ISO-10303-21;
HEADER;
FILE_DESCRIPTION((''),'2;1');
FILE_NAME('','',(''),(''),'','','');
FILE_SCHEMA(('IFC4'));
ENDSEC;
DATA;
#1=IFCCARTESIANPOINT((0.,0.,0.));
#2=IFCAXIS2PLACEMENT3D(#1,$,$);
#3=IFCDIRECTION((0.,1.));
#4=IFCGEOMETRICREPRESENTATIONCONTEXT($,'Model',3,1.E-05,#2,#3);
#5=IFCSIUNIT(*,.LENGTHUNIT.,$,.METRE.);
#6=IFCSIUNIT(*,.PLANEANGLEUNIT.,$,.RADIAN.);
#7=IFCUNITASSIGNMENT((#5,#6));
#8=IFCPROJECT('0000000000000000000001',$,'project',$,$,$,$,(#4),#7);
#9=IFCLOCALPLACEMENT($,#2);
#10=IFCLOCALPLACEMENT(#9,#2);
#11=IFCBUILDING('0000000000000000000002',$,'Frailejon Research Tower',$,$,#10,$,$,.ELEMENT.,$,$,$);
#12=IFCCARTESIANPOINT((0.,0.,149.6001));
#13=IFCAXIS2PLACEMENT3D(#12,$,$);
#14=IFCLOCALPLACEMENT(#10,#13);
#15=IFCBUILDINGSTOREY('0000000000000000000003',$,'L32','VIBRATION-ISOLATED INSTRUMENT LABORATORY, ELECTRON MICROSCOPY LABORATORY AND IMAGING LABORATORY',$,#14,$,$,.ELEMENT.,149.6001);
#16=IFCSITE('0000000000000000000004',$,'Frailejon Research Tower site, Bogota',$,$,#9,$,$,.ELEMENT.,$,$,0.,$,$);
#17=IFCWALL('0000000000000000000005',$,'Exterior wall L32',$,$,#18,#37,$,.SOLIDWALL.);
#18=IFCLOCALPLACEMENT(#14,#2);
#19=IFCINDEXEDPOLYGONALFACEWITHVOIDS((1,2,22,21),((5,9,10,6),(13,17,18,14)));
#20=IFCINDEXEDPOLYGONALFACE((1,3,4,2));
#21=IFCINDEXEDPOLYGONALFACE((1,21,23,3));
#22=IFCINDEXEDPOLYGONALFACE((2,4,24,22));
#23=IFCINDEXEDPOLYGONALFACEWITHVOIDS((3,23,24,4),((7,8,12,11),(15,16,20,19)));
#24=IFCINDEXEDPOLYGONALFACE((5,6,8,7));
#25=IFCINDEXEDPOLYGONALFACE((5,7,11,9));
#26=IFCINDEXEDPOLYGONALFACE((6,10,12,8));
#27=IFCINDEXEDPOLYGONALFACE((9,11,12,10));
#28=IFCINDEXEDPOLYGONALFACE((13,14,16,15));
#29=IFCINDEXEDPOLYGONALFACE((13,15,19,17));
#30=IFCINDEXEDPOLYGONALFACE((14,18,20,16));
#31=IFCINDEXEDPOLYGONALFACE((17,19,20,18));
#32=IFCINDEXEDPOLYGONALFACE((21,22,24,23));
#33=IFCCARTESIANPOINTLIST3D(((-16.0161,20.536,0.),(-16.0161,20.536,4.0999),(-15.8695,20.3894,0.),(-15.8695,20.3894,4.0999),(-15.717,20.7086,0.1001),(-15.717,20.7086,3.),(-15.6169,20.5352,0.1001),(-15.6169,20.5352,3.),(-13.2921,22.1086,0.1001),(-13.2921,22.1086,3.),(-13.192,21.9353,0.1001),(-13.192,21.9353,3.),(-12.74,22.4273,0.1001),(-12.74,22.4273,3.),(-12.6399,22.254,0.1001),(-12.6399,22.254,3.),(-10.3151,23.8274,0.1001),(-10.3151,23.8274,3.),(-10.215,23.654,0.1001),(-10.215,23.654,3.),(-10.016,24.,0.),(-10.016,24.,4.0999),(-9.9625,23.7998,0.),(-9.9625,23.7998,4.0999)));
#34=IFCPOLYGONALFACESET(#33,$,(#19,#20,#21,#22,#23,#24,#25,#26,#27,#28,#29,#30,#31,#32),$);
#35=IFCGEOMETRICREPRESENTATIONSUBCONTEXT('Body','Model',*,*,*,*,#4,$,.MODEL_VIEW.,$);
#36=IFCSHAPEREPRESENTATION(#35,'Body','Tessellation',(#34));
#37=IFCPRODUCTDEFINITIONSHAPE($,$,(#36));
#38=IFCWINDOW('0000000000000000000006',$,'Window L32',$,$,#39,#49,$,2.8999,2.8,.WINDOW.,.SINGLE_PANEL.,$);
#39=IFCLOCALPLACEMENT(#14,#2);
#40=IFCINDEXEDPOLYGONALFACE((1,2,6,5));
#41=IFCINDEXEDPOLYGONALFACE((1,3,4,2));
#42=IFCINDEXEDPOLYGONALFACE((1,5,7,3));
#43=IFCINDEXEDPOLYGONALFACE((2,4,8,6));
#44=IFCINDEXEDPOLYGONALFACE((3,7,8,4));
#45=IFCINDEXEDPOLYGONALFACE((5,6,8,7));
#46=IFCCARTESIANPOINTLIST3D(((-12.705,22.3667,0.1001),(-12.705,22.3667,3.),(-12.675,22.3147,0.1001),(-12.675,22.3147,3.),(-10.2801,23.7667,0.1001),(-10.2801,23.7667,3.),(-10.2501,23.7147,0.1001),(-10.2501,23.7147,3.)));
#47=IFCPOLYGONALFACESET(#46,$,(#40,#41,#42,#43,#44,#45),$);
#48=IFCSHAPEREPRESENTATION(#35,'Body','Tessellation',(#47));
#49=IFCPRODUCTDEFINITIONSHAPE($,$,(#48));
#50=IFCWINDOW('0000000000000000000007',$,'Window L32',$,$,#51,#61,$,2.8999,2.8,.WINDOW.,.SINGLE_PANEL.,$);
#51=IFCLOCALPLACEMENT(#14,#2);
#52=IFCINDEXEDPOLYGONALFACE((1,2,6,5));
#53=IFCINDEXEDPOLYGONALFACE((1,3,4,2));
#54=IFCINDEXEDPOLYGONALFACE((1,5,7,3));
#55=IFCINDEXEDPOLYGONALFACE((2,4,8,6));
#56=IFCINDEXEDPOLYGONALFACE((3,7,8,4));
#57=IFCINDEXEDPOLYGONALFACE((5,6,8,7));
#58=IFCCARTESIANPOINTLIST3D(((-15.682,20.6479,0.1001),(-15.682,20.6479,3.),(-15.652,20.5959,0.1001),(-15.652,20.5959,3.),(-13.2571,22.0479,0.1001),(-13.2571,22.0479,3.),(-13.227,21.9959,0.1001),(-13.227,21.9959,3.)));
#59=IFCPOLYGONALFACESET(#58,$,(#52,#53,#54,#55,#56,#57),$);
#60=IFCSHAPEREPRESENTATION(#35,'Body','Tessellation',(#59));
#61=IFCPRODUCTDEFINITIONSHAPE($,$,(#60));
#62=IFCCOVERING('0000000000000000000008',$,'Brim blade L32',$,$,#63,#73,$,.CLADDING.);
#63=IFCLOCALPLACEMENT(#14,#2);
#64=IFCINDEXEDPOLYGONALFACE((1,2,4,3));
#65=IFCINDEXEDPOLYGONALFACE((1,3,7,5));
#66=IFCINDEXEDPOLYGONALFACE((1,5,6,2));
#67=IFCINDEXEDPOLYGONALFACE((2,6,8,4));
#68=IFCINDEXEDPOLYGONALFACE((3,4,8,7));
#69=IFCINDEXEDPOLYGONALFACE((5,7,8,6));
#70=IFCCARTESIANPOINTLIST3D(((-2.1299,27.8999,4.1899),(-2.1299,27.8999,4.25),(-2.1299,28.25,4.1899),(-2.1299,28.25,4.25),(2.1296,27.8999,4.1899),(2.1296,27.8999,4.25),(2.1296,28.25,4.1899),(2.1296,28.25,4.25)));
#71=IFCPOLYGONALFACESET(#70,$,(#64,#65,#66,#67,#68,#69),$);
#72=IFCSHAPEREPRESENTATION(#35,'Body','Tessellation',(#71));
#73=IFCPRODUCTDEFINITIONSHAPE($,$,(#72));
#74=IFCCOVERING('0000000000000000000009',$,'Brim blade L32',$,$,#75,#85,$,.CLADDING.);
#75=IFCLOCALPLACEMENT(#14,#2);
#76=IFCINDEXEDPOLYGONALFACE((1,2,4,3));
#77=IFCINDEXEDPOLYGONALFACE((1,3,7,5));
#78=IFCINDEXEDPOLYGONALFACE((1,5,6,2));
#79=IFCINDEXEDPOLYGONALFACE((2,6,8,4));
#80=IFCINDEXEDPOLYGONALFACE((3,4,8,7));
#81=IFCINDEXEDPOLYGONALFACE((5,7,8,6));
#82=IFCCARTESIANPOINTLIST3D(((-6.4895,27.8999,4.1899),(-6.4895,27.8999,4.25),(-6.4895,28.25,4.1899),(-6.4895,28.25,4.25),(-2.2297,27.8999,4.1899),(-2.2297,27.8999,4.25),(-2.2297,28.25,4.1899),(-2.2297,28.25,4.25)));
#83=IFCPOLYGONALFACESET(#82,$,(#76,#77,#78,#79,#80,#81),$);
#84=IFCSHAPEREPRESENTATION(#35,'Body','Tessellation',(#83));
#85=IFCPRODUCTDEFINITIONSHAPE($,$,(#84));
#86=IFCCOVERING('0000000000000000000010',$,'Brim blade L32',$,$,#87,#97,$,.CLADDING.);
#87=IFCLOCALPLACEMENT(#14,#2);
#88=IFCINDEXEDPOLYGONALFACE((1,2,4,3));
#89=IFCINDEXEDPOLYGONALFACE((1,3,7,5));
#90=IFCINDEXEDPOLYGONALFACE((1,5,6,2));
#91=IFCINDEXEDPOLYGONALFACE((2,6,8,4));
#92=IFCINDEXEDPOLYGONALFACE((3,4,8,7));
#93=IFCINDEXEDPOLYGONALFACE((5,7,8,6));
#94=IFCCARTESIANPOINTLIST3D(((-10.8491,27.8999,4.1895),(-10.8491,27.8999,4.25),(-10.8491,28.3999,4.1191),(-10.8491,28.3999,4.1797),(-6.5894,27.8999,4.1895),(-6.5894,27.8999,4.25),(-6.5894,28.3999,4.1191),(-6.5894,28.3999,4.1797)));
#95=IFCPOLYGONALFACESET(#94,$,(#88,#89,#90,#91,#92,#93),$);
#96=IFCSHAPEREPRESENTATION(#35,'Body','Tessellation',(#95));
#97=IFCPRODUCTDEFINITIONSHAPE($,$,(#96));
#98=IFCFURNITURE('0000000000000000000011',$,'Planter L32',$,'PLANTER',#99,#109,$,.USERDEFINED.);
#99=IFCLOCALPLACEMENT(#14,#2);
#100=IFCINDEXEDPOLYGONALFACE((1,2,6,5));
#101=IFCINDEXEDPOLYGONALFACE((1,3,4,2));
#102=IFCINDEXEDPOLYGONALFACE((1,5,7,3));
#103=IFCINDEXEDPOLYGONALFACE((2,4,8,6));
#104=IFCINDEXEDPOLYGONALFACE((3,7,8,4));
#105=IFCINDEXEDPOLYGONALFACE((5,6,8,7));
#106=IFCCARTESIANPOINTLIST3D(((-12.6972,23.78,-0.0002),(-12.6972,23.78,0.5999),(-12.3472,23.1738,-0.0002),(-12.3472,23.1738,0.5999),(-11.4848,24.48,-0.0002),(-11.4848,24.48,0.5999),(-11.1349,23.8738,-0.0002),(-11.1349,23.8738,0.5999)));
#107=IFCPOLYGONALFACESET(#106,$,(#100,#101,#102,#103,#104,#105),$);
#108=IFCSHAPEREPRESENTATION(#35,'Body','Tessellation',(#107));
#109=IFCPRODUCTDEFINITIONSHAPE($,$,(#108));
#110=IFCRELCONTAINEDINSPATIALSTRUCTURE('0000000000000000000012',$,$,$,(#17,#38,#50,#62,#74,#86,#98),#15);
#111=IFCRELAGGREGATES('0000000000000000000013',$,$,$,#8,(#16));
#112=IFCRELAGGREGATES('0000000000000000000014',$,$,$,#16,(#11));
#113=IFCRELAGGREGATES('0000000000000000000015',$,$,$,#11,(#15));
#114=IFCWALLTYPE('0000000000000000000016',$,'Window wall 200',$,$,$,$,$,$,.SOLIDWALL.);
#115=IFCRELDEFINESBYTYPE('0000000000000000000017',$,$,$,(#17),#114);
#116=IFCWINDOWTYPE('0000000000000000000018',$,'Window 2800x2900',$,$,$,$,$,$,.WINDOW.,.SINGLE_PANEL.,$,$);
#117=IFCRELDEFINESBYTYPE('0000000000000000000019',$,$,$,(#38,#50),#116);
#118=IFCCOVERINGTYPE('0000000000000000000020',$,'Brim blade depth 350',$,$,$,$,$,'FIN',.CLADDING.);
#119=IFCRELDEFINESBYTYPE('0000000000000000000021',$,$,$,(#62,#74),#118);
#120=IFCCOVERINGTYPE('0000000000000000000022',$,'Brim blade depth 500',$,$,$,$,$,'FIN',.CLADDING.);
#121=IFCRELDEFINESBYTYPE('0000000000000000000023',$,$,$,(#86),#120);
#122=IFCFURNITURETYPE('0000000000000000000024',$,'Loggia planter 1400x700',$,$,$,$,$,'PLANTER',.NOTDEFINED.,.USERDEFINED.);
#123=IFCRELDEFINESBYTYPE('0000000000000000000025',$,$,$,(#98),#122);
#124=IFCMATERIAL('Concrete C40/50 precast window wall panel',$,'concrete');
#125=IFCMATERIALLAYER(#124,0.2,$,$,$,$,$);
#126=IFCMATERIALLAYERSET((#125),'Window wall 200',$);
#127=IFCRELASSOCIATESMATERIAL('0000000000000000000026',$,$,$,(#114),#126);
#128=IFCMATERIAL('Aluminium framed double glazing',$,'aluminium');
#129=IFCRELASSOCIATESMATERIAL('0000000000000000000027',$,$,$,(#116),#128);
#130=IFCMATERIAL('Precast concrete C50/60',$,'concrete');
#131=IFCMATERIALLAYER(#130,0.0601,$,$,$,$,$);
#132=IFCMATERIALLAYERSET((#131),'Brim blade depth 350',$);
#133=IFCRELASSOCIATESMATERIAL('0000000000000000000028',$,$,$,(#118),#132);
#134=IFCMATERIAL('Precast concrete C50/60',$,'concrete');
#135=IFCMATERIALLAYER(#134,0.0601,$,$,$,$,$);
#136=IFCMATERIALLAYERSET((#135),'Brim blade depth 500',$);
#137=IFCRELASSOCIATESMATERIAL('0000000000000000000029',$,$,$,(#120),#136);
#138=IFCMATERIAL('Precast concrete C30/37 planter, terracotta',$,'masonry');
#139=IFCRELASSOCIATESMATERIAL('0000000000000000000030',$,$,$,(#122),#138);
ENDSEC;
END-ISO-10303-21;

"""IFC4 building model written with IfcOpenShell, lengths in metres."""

from ifc_helpers import new_model, si_unit, direction, frame, frame_2d, origin, origin_2d, place, context, subcontext, project, spatial, polyline, rectangle, outline, extrude, material, layer, layer_set, type_object, element, fill, save


model = new_model("IFC4")

# Units and contexts
model_context = context("Model", 3, precision=1e-05, world=origin(), true_north=direction((0.0, 1.0)))
body_context = subcontext(model_context, "Body", "Model", "MODEL_VIEW")
ifc_project = project(units=[si_unit("LENGTHUNIT", "METRE"), si_unit("PLANEANGLEUNIT", "RADIAN")], contexts=[model_context])

# Site, building, storey
site_placement = place(None, origin())
site = spatial("IfcSite", under=ifc_project, at=site_placement, Name="Frailejon Research Tower site, Bogota", CompositionType="ELEMENT", RefElevation=0.0)
building_placement = place(site_placement, origin())
building = spatial("IfcBuilding", under=site, at=building_placement, Name="Frailejon Research Tower", CompositionType="ELEMENT")
storey_placement = place(building_placement, frame((0.0, 0.0, 149.6001)))
storey = spatial("IfcBuildingStorey", under=building, at=storey_placement, Name="L32", Description="VIBRATION-ISOLATED INSTRUMENT LABORATORY, ELECTRON MICROSCOPY LABORATORY AND IMAGING LABORATORY", CompositionType="ELEMENT", Elevation=149.6001)

# Wall, openings, windows
ifc_material_1 = material(Name="Concrete C40/50 precast window wall panel", Category="concrete")
ifc_layer_1 = layer(ifc_material_1, 0.2)
ifc_layer_set_1 = layer_set([ifc_layer_1], Name="Window wall 200")
wall_type = type_object("IfcWallType", Name="Window wall 200", PredefinedType="SOLIDWALL", material=ifc_layer_set_1)
wall_placement = place(storey_placement, frame((-9.9893, 23.8999, 0.0), z_axis=(0.0, 0.0, 1.0), x_axis=(-0.866029, -0.499993, 0.0)))
wall = element("IfcWall", 1, at=wall_placement, inside=storey, type_object=wall_type, Name="Exterior wall L32", PredefinedType="SOLIDWALL", context=body_context, shape_type="SweptSolid", body=[
    extrude(outline(polyline([(-0.0269, -0.1001), (1.1279, -0.1001), (2.2825, -0.1001), (3.4373, -0.1001), (4.592, -0.1001), (5.7466, -0.1001), (6.9014, -0.1001), (6.8477, 0.1001), (5.7109, 0.1001), (4.574, 0.1001), (3.4373, 0.1001), (2.3005, 0.1001), (1.1636, 0.1001), (0.0269, 0.1001), (-0.0269, -0.1001)])), origin(), (0.0, 0.0, 1.0), 4.0999),
])
opening_1_placement = place(wall_placement, frame((0.3186, 0.0, 0.1001)))
opening_1 = element("IfcOpeningElement", 2, at=opening_1_placement, cuts=wall, PredefinedType="OPENING", context=body_context, shape_type="SweptSolid", body=[
    extrude(rectangle(XDim=2.8, YDim=2.8999, at=frame_2d((1.3999, 1.45))), frame((0.0, 0.1099, 0.0), z_axis=(0.0, -1.0, 0.0), x_axis=(1.0, 0.0, 0.0)), (0.0, 0.0, 1.0), 0.22),
])
opening_2_placement = place(wall_placement, frame((3.7561, 0.0, 0.1001)))
opening_2 = element("IfcOpeningElement", 3, at=opening_2_placement, cuts=wall, PredefinedType="OPENING", context=body_context, shape_type="SweptSolid", body=[
    extrude(rectangle(XDim=2.8, YDim=2.8999, at=frame_2d((1.3999, 1.45))), frame((0.0, 0.1099, 0.0), z_axis=(0.0, -1.0, 0.0), x_axis=(1.0, 0.0, 0.0)), (0.0, 0.0, 1.0), 0.22),
])
ifc_material_2 = material(Name="Aluminium framed double glazing", Category="aluminium")
window_type = type_object("IfcWindowType", Name="Window 2800x2900", PartitioningType="SINGLE_PANEL", PredefinedType="WINDOW", material=ifc_material_2)
window_1_placement = place(opening_1_placement, origin())
window_1 = element("IfcWindow", 4, at=window_1_placement, inside=storey, type_object=window_type, Name="Window L32", OverallHeight=2.8999, OverallWidth=2.8, PartitioningType="SINGLE_PANEL", PredefinedType="WINDOW", context=body_context, shape_type="SweptSolid", body=[
    extrude(rectangle(XDim=2.8, YDim=2.8999, at=frame_2d((1.3999, 1.45))), frame((0.0, 0.03, 0.0), z_axis=(0.0, -1.0, 0.0), x_axis=(1.0, 0.0, 0.0)), (0.0, 0.0, 1.0), 0.0601),
])
fill(opening_1, window_1)
window_2_placement = place(opening_2_placement, origin())
window_2 = element("IfcWindow", 5, at=window_2_placement, inside=storey, type_object=window_type, Name="Window L32", OverallHeight=2.8999, OverallWidth=2.8, PartitioningType="SINGLE_PANEL", PredefinedType="WINDOW", context=body_context, shape_type="SweptSolid", body=[
    extrude(rectangle(XDim=2.8, YDim=2.8999, at=frame_2d((1.3999, 1.45))), frame((0.0, 0.03, 0.0), z_axis=(0.0, -1.0, 0.0), x_axis=(1.0, 0.0, 0.0)), (0.0, 0.0, 1.0), 0.0601),
])
fill(opening_2, window_2)

# Coverings
ifc_material_3 = material(Name="Precast concrete C50/60", Category="concrete")
ifc_layer_2 = layer(ifc_material_3, 0.0601)
ifc_layer_set_2 = layer_set([ifc_layer_2], Name="Brim blade depth 350")
covering_type_1 = type_object("IfcCoveringType", Name="Brim blade depth 350", ElementType="FIN", PredefinedType="CLADDING", material=ifc_layer_set_2)
covering_1_placement = place(storey_placement, frame((-2.1299, 27.8999, 4.25), z_axis=(1.0, 0.0, 0.0), x_axis=(0.0, 1.0, 0.0)))
element("IfcCovering", 6, at=covering_1_placement, inside=storey, type_object=covering_type_1, Name="Brim blade L32", PredefinedType="CLADDING", context=body_context, shape_type="SweptSolid", body=[
    extrude(outline(polyline([(0.0, -0.0601), (0.3501, -0.0601), (0.3501, 0.0), (0.0, 0.0), (0.0, -0.0601)])), origin(), (0.0, 0.0, 1.0), 4.2595),
])
covering_2_placement = place(storey_placement, frame((-6.4895, 27.8999, 4.25), z_axis=(1.0, 0.0, 0.0), x_axis=(0.0, 1.0, 0.0)))
element("IfcCovering", 7, at=covering_2_placement, inside=storey, type_object=covering_type_1, Name="Brim blade L32", PredefinedType="CLADDING", context=body_context, shape_type="SweptSolid", body=[
    extrude(outline(polyline([(0.0, -0.0601), (0.3501, -0.0601), (0.3501, 0.0), (0.0, 0.0), (0.0, -0.0601)])), origin(), (0.0, 0.0, 1.0), 4.2598),
])
ifc_material_4 = material(Name="Precast concrete C50/60", Category="concrete")
ifc_layer_3 = layer(ifc_material_4, 0.0601)
ifc_layer_set_3 = layer_set([ifc_layer_3], Name="Brim blade depth 500")
covering_type_2 = type_object("IfcCoveringType", Name="Brim blade depth 500", ElementType="FIN", PredefinedType="CLADDING", material=ifc_layer_set_3)
covering_3_placement = place(storey_placement, frame((-10.8491, 27.8999, 4.25), z_axis=(1.0, 0.0, 0.0), x_axis=(0.0, 1.0, 0.0)))
element("IfcCovering", 8, at=covering_3_placement, inside=storey, type_object=covering_type_2, Name="Brim blade L32", PredefinedType="CLADDING", context=body_context, shape_type="SweptSolid", body=[
    extrude(outline(polyline([(0.0, -0.0605), (0.5, -0.1309), (0.5, -0.0703), (0.0, 0.0), (0.0, -0.0605)])), origin(), (0.0, 0.0, 1.0), 4.2598),
])

# Furniture
ifc_material_5 = material(Name="Precast concrete C30/37 planter, terracotta", Category="masonry")
furniture_type = type_object("IfcFurnitureType", Name="Loggia planter 1400x700", ElementType="PLANTER", AssemblyPlace="NOTDEFINED", PredefinedType="USERDEFINED", material=ifc_material_5)
furniture_placement = place(storey_placement, frame((-11.916, 23.8269, -0.0002), z_axis=(0.0, 0.0, 1.0), x_axis=(-0.866025, -0.5, 0.0)))
element("IfcFurniture", 9, at=furniture_placement, inside=storey, type_object=furniture_type, Name="Planter L32", ObjectType="PLANTER", PredefinedType="USERDEFINED", context=body_context, shape_type="SweptSolid", body=[
    extrude(rectangle(XDim=1.3999, YDim=0.7, at=origin_2d()), origin(), (0.0, 0.0, 1.0), 0.6001),
])

save(model, "model.ifc")
